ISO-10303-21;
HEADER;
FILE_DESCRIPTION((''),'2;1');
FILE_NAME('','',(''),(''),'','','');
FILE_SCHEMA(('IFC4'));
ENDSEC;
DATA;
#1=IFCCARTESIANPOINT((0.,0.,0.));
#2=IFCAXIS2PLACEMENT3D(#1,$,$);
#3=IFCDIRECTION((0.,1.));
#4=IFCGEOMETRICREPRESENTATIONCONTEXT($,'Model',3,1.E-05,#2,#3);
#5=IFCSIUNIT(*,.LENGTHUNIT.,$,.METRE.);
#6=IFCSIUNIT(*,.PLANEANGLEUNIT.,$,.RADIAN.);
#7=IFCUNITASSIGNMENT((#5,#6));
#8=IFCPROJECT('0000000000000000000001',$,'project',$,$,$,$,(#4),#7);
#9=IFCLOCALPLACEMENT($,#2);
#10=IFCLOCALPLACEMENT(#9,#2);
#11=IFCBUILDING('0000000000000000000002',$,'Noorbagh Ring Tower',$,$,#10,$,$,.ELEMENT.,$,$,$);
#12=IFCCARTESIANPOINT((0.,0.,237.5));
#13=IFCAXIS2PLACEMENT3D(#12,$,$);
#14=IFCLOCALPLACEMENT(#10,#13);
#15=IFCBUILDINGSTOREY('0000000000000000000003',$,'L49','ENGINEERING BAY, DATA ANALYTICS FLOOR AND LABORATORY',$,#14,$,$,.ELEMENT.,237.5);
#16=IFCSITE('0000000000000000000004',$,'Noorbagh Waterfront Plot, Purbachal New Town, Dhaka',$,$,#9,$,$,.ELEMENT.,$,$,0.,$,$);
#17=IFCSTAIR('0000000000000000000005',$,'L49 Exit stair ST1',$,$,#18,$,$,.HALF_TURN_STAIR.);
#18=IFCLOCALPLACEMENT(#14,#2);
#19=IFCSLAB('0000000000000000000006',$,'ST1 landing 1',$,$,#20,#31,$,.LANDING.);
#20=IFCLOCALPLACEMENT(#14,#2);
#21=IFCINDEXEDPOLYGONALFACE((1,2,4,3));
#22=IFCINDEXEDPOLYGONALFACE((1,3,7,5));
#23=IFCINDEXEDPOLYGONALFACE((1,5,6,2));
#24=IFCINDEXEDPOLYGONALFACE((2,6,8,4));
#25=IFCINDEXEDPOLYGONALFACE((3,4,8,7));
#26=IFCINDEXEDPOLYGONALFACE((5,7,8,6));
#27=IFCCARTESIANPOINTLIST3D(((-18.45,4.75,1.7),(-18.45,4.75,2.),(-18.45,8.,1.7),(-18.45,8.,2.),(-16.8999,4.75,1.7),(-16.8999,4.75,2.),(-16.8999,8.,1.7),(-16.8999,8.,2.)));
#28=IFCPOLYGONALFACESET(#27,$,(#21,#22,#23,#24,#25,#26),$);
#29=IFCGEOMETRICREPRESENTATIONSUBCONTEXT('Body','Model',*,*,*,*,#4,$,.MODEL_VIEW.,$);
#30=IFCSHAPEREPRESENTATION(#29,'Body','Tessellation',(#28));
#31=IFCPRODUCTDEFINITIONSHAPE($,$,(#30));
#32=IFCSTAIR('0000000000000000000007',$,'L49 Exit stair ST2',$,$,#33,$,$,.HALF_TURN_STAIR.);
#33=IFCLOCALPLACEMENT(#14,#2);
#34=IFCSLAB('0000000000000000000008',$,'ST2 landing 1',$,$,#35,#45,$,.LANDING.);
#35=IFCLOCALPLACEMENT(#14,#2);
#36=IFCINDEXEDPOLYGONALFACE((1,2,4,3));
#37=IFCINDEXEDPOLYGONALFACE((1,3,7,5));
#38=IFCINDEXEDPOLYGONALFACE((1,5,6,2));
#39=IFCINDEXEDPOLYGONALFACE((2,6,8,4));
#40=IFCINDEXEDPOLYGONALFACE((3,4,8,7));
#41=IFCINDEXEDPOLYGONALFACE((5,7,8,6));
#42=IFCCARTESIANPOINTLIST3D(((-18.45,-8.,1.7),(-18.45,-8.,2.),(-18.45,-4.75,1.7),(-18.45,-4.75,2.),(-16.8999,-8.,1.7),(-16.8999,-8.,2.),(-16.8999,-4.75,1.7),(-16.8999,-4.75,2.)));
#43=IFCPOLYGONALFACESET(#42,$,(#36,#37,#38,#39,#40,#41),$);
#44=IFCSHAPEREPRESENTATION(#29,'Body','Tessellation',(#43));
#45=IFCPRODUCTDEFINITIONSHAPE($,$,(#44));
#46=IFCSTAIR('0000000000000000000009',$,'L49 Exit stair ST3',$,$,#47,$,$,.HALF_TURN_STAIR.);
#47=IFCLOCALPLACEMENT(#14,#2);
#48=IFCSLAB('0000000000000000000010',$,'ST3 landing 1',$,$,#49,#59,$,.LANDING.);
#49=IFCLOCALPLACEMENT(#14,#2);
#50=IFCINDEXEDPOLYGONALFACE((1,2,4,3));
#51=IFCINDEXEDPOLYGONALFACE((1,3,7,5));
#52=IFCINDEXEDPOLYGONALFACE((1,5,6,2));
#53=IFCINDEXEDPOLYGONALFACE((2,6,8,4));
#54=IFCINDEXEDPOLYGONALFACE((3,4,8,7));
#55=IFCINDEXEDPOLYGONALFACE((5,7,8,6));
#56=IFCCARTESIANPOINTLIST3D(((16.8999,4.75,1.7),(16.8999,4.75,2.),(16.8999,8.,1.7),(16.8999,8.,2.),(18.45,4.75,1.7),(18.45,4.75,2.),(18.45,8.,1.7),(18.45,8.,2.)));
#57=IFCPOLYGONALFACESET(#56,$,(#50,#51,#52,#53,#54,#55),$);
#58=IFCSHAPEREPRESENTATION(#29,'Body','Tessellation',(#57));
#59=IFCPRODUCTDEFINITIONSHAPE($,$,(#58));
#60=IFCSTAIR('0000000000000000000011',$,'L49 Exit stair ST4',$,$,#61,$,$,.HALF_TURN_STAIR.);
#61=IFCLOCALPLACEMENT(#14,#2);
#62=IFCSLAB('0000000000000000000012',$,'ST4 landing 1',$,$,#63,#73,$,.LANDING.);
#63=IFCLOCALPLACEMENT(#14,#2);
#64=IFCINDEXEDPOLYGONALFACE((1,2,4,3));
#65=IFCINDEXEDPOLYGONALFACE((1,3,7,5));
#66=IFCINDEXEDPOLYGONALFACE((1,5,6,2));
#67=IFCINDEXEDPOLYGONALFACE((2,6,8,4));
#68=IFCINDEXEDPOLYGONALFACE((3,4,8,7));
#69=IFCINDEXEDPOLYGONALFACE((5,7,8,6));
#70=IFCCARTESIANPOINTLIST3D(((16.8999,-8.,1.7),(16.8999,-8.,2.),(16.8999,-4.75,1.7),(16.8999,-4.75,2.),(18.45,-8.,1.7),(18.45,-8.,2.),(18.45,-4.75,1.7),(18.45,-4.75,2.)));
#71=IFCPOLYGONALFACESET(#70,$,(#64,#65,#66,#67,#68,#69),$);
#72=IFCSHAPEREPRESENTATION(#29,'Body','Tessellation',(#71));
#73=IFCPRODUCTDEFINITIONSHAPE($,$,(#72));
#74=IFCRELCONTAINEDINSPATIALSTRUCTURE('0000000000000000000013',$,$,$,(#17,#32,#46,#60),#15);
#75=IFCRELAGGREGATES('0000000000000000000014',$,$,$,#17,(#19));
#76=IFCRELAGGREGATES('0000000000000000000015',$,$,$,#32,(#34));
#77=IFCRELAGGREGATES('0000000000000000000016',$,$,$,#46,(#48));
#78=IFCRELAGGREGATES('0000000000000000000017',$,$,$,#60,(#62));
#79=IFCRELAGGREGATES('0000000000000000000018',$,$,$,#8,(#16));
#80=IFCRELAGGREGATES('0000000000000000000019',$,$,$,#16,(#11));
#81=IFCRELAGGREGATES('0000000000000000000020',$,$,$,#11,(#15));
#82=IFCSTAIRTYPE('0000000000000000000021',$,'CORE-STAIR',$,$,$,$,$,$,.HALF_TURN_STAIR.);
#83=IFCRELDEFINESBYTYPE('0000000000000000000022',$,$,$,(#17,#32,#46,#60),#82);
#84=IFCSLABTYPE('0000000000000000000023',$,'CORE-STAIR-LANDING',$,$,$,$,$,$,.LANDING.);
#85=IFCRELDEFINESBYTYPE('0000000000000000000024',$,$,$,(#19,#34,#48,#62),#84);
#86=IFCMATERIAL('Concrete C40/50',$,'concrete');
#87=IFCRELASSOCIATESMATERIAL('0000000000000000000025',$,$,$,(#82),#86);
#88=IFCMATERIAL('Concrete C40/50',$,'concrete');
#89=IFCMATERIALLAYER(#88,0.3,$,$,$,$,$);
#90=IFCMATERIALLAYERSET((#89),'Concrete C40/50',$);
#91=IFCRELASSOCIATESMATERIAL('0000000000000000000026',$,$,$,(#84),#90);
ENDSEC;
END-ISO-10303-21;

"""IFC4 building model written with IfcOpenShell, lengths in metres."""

from ifc_helpers import new_model, si_unit, direction, frame, origin, place, context, subcontext, project, spatial, polyline, outline, extrude, material, layer, layer_set, type_object, element, aggregate, save


model = new_model("IFC4")

# Units and contexts
model_context = context("Model", 3, precision=1e-05, world=origin(), true_north=direction((0.0, 1.0)))
body_context = subcontext(model_context, "Body", "Model", "MODEL_VIEW")
ifc_project = project(units=[si_unit("LENGTHUNIT", "METRE"), si_unit("PLANEANGLEUNIT", "RADIAN")], contexts=[model_context])

# Site, building, storey
site_placement = place(None, origin())
site = spatial("IfcSite", under=ifc_project, at=site_placement, Name="Noorbagh Waterfront Plot, Purbachal New Town, Dhaka", CompositionType="ELEMENT", RefElevation=0.0)
building_placement = place(site_placement, origin())
building = spatial("IfcBuilding", under=site, at=building_placement, Name="Noorbagh Ring Tower", CompositionType="ELEMENT")
storey_placement = place(building_placement, frame((0.0, 0.0, 237.5)))
storey = spatial("IfcBuildingStorey", under=building, at=storey_placement, Name="L49", Description="ENGINEERING BAY, DATA ANALYTICS FLOOR AND LABORATORY", CompositionType="ELEMENT", Elevation=237.5)

# Stairs, slabs
ifc_material_1 = material(Name="Concrete C40/50", Category="concrete")
stair_type = type_object("IfcStairType", Name="CORE-STAIR", PredefinedType="HALF_TURN_STAIR", material=ifc_material_1)
stair_1_placement = place(storey_placement, origin())
stair_1 = element("IfcStair", 1, at=stair_1_placement, inside=storey, type_object=stair_type, Name="L49 Exit stair ST1", PredefinedType="HALF_TURN_STAIR")
ifc_material_2 = material(Name="Concrete C40/50", Category="concrete")
ifc_layer_1 = layer(ifc_material_2, 0.3)
ifc_layer_set_1 = layer_set([ifc_layer_1], Name="Concrete C40/50")
slab_type_1 = type_object("IfcSlabType", Name="CORE-STAIR-LANDING", PredefinedType="LANDING", material=ifc_layer_set_1)
slab_1_placement = place(storey_placement, frame((0.0, 0.0, 1.7)))
slab_1 = element("IfcSlab", 2, at=slab_1_placement, type_object=slab_type_1, Name="ST1 landing 1", PredefinedType="LANDING", context=body_context, shape_type="SweptSolid", body=[
    extrude(outline(polyline([(-18.45, 4.75), (-16.8999, 4.75), (-16.8999, 8.0), (-18.45, 8.0), (-18.45, 4.75)])), origin(), (0.0, 0.0, 1.0), 0.3),
])
aggregate(stair_1, [slab_1])
stair_2_placement = place(storey_placement, origin())
stair_2 = element("IfcStair", 3, at=stair_2_placement, inside=storey, type_object=stair_type, Name="L49 Exit stair ST2", PredefinedType="HALF_TURN_STAIR")
slab_2_placement = place(storey_placement, frame((0.0, 0.0, 1.7)))
slab_2 = element("IfcSlab", 4, at=slab_2_placement, type_object=slab_type_1, Name="ST2 landing 1", PredefinedType="LANDING", context=body_context, shape_type="SweptSolid", body=[
    extrude(outline(polyline([(-18.45, -8.0), (-16.8999, -8.0), (-16.8999, -4.75), (-18.45, -4.75), (-18.45, -8.0)])), origin(), (0.0, 0.0, 1.0), 0.3),
])
aggregate(stair_2, [slab_2])
stair_3_placement = place(storey_placement, origin())
stair_3 = element("IfcStair", 5, at=stair_3_placement, inside=storey, type_object=stair_type, Name="L49 Exit stair ST3", PredefinedType="HALF_TURN_STAIR")
slab_3_placement = place(storey_placement, frame((0.0, 0.0, 1.7)))
slab_3 = element("IfcSlab", 6, at=slab_3_placement, type_object=slab_type_1, Name="ST3 landing 1", PredefinedType="LANDING", context=body_context, shape_type="SweptSolid", body=[
    extrude(outline(polyline([(18.45, 8.0), (16.8999, 8.0), (16.8999, 4.75), (18.45, 4.75), (18.45, 8.0)])), origin(), (0.0, 0.0, 1.0), 0.3),
])
aggregate(stair_3, [slab_3])
stair_4_placement = place(storey_placement, origin())
stair_4 = element("IfcStair", 7, at=stair_4_placement, inside=storey, type_object=stair_type, Name="L49 Exit stair ST4", PredefinedType="HALF_TURN_STAIR")
slab_4_placement = place(storey_placement, frame((0.0, 0.0, 1.7)))
slab_4 = element("IfcSlab", 8, at=slab_4_placement, type_object=slab_type_1, Name="ST4 landing 1", PredefinedType="LANDING", context=body_context, shape_type="SweptSolid", body=[
    extrude(outline(polyline([(18.45, -4.75), (16.8999, -4.75), (16.8999, -8.0), (18.45, -8.0), (18.45, -4.75)])), origin(), (0.0, 0.0, 1.0), 0.3),
])
aggregate(stair_4, [slab_4])

save(model, "model.ifc")
